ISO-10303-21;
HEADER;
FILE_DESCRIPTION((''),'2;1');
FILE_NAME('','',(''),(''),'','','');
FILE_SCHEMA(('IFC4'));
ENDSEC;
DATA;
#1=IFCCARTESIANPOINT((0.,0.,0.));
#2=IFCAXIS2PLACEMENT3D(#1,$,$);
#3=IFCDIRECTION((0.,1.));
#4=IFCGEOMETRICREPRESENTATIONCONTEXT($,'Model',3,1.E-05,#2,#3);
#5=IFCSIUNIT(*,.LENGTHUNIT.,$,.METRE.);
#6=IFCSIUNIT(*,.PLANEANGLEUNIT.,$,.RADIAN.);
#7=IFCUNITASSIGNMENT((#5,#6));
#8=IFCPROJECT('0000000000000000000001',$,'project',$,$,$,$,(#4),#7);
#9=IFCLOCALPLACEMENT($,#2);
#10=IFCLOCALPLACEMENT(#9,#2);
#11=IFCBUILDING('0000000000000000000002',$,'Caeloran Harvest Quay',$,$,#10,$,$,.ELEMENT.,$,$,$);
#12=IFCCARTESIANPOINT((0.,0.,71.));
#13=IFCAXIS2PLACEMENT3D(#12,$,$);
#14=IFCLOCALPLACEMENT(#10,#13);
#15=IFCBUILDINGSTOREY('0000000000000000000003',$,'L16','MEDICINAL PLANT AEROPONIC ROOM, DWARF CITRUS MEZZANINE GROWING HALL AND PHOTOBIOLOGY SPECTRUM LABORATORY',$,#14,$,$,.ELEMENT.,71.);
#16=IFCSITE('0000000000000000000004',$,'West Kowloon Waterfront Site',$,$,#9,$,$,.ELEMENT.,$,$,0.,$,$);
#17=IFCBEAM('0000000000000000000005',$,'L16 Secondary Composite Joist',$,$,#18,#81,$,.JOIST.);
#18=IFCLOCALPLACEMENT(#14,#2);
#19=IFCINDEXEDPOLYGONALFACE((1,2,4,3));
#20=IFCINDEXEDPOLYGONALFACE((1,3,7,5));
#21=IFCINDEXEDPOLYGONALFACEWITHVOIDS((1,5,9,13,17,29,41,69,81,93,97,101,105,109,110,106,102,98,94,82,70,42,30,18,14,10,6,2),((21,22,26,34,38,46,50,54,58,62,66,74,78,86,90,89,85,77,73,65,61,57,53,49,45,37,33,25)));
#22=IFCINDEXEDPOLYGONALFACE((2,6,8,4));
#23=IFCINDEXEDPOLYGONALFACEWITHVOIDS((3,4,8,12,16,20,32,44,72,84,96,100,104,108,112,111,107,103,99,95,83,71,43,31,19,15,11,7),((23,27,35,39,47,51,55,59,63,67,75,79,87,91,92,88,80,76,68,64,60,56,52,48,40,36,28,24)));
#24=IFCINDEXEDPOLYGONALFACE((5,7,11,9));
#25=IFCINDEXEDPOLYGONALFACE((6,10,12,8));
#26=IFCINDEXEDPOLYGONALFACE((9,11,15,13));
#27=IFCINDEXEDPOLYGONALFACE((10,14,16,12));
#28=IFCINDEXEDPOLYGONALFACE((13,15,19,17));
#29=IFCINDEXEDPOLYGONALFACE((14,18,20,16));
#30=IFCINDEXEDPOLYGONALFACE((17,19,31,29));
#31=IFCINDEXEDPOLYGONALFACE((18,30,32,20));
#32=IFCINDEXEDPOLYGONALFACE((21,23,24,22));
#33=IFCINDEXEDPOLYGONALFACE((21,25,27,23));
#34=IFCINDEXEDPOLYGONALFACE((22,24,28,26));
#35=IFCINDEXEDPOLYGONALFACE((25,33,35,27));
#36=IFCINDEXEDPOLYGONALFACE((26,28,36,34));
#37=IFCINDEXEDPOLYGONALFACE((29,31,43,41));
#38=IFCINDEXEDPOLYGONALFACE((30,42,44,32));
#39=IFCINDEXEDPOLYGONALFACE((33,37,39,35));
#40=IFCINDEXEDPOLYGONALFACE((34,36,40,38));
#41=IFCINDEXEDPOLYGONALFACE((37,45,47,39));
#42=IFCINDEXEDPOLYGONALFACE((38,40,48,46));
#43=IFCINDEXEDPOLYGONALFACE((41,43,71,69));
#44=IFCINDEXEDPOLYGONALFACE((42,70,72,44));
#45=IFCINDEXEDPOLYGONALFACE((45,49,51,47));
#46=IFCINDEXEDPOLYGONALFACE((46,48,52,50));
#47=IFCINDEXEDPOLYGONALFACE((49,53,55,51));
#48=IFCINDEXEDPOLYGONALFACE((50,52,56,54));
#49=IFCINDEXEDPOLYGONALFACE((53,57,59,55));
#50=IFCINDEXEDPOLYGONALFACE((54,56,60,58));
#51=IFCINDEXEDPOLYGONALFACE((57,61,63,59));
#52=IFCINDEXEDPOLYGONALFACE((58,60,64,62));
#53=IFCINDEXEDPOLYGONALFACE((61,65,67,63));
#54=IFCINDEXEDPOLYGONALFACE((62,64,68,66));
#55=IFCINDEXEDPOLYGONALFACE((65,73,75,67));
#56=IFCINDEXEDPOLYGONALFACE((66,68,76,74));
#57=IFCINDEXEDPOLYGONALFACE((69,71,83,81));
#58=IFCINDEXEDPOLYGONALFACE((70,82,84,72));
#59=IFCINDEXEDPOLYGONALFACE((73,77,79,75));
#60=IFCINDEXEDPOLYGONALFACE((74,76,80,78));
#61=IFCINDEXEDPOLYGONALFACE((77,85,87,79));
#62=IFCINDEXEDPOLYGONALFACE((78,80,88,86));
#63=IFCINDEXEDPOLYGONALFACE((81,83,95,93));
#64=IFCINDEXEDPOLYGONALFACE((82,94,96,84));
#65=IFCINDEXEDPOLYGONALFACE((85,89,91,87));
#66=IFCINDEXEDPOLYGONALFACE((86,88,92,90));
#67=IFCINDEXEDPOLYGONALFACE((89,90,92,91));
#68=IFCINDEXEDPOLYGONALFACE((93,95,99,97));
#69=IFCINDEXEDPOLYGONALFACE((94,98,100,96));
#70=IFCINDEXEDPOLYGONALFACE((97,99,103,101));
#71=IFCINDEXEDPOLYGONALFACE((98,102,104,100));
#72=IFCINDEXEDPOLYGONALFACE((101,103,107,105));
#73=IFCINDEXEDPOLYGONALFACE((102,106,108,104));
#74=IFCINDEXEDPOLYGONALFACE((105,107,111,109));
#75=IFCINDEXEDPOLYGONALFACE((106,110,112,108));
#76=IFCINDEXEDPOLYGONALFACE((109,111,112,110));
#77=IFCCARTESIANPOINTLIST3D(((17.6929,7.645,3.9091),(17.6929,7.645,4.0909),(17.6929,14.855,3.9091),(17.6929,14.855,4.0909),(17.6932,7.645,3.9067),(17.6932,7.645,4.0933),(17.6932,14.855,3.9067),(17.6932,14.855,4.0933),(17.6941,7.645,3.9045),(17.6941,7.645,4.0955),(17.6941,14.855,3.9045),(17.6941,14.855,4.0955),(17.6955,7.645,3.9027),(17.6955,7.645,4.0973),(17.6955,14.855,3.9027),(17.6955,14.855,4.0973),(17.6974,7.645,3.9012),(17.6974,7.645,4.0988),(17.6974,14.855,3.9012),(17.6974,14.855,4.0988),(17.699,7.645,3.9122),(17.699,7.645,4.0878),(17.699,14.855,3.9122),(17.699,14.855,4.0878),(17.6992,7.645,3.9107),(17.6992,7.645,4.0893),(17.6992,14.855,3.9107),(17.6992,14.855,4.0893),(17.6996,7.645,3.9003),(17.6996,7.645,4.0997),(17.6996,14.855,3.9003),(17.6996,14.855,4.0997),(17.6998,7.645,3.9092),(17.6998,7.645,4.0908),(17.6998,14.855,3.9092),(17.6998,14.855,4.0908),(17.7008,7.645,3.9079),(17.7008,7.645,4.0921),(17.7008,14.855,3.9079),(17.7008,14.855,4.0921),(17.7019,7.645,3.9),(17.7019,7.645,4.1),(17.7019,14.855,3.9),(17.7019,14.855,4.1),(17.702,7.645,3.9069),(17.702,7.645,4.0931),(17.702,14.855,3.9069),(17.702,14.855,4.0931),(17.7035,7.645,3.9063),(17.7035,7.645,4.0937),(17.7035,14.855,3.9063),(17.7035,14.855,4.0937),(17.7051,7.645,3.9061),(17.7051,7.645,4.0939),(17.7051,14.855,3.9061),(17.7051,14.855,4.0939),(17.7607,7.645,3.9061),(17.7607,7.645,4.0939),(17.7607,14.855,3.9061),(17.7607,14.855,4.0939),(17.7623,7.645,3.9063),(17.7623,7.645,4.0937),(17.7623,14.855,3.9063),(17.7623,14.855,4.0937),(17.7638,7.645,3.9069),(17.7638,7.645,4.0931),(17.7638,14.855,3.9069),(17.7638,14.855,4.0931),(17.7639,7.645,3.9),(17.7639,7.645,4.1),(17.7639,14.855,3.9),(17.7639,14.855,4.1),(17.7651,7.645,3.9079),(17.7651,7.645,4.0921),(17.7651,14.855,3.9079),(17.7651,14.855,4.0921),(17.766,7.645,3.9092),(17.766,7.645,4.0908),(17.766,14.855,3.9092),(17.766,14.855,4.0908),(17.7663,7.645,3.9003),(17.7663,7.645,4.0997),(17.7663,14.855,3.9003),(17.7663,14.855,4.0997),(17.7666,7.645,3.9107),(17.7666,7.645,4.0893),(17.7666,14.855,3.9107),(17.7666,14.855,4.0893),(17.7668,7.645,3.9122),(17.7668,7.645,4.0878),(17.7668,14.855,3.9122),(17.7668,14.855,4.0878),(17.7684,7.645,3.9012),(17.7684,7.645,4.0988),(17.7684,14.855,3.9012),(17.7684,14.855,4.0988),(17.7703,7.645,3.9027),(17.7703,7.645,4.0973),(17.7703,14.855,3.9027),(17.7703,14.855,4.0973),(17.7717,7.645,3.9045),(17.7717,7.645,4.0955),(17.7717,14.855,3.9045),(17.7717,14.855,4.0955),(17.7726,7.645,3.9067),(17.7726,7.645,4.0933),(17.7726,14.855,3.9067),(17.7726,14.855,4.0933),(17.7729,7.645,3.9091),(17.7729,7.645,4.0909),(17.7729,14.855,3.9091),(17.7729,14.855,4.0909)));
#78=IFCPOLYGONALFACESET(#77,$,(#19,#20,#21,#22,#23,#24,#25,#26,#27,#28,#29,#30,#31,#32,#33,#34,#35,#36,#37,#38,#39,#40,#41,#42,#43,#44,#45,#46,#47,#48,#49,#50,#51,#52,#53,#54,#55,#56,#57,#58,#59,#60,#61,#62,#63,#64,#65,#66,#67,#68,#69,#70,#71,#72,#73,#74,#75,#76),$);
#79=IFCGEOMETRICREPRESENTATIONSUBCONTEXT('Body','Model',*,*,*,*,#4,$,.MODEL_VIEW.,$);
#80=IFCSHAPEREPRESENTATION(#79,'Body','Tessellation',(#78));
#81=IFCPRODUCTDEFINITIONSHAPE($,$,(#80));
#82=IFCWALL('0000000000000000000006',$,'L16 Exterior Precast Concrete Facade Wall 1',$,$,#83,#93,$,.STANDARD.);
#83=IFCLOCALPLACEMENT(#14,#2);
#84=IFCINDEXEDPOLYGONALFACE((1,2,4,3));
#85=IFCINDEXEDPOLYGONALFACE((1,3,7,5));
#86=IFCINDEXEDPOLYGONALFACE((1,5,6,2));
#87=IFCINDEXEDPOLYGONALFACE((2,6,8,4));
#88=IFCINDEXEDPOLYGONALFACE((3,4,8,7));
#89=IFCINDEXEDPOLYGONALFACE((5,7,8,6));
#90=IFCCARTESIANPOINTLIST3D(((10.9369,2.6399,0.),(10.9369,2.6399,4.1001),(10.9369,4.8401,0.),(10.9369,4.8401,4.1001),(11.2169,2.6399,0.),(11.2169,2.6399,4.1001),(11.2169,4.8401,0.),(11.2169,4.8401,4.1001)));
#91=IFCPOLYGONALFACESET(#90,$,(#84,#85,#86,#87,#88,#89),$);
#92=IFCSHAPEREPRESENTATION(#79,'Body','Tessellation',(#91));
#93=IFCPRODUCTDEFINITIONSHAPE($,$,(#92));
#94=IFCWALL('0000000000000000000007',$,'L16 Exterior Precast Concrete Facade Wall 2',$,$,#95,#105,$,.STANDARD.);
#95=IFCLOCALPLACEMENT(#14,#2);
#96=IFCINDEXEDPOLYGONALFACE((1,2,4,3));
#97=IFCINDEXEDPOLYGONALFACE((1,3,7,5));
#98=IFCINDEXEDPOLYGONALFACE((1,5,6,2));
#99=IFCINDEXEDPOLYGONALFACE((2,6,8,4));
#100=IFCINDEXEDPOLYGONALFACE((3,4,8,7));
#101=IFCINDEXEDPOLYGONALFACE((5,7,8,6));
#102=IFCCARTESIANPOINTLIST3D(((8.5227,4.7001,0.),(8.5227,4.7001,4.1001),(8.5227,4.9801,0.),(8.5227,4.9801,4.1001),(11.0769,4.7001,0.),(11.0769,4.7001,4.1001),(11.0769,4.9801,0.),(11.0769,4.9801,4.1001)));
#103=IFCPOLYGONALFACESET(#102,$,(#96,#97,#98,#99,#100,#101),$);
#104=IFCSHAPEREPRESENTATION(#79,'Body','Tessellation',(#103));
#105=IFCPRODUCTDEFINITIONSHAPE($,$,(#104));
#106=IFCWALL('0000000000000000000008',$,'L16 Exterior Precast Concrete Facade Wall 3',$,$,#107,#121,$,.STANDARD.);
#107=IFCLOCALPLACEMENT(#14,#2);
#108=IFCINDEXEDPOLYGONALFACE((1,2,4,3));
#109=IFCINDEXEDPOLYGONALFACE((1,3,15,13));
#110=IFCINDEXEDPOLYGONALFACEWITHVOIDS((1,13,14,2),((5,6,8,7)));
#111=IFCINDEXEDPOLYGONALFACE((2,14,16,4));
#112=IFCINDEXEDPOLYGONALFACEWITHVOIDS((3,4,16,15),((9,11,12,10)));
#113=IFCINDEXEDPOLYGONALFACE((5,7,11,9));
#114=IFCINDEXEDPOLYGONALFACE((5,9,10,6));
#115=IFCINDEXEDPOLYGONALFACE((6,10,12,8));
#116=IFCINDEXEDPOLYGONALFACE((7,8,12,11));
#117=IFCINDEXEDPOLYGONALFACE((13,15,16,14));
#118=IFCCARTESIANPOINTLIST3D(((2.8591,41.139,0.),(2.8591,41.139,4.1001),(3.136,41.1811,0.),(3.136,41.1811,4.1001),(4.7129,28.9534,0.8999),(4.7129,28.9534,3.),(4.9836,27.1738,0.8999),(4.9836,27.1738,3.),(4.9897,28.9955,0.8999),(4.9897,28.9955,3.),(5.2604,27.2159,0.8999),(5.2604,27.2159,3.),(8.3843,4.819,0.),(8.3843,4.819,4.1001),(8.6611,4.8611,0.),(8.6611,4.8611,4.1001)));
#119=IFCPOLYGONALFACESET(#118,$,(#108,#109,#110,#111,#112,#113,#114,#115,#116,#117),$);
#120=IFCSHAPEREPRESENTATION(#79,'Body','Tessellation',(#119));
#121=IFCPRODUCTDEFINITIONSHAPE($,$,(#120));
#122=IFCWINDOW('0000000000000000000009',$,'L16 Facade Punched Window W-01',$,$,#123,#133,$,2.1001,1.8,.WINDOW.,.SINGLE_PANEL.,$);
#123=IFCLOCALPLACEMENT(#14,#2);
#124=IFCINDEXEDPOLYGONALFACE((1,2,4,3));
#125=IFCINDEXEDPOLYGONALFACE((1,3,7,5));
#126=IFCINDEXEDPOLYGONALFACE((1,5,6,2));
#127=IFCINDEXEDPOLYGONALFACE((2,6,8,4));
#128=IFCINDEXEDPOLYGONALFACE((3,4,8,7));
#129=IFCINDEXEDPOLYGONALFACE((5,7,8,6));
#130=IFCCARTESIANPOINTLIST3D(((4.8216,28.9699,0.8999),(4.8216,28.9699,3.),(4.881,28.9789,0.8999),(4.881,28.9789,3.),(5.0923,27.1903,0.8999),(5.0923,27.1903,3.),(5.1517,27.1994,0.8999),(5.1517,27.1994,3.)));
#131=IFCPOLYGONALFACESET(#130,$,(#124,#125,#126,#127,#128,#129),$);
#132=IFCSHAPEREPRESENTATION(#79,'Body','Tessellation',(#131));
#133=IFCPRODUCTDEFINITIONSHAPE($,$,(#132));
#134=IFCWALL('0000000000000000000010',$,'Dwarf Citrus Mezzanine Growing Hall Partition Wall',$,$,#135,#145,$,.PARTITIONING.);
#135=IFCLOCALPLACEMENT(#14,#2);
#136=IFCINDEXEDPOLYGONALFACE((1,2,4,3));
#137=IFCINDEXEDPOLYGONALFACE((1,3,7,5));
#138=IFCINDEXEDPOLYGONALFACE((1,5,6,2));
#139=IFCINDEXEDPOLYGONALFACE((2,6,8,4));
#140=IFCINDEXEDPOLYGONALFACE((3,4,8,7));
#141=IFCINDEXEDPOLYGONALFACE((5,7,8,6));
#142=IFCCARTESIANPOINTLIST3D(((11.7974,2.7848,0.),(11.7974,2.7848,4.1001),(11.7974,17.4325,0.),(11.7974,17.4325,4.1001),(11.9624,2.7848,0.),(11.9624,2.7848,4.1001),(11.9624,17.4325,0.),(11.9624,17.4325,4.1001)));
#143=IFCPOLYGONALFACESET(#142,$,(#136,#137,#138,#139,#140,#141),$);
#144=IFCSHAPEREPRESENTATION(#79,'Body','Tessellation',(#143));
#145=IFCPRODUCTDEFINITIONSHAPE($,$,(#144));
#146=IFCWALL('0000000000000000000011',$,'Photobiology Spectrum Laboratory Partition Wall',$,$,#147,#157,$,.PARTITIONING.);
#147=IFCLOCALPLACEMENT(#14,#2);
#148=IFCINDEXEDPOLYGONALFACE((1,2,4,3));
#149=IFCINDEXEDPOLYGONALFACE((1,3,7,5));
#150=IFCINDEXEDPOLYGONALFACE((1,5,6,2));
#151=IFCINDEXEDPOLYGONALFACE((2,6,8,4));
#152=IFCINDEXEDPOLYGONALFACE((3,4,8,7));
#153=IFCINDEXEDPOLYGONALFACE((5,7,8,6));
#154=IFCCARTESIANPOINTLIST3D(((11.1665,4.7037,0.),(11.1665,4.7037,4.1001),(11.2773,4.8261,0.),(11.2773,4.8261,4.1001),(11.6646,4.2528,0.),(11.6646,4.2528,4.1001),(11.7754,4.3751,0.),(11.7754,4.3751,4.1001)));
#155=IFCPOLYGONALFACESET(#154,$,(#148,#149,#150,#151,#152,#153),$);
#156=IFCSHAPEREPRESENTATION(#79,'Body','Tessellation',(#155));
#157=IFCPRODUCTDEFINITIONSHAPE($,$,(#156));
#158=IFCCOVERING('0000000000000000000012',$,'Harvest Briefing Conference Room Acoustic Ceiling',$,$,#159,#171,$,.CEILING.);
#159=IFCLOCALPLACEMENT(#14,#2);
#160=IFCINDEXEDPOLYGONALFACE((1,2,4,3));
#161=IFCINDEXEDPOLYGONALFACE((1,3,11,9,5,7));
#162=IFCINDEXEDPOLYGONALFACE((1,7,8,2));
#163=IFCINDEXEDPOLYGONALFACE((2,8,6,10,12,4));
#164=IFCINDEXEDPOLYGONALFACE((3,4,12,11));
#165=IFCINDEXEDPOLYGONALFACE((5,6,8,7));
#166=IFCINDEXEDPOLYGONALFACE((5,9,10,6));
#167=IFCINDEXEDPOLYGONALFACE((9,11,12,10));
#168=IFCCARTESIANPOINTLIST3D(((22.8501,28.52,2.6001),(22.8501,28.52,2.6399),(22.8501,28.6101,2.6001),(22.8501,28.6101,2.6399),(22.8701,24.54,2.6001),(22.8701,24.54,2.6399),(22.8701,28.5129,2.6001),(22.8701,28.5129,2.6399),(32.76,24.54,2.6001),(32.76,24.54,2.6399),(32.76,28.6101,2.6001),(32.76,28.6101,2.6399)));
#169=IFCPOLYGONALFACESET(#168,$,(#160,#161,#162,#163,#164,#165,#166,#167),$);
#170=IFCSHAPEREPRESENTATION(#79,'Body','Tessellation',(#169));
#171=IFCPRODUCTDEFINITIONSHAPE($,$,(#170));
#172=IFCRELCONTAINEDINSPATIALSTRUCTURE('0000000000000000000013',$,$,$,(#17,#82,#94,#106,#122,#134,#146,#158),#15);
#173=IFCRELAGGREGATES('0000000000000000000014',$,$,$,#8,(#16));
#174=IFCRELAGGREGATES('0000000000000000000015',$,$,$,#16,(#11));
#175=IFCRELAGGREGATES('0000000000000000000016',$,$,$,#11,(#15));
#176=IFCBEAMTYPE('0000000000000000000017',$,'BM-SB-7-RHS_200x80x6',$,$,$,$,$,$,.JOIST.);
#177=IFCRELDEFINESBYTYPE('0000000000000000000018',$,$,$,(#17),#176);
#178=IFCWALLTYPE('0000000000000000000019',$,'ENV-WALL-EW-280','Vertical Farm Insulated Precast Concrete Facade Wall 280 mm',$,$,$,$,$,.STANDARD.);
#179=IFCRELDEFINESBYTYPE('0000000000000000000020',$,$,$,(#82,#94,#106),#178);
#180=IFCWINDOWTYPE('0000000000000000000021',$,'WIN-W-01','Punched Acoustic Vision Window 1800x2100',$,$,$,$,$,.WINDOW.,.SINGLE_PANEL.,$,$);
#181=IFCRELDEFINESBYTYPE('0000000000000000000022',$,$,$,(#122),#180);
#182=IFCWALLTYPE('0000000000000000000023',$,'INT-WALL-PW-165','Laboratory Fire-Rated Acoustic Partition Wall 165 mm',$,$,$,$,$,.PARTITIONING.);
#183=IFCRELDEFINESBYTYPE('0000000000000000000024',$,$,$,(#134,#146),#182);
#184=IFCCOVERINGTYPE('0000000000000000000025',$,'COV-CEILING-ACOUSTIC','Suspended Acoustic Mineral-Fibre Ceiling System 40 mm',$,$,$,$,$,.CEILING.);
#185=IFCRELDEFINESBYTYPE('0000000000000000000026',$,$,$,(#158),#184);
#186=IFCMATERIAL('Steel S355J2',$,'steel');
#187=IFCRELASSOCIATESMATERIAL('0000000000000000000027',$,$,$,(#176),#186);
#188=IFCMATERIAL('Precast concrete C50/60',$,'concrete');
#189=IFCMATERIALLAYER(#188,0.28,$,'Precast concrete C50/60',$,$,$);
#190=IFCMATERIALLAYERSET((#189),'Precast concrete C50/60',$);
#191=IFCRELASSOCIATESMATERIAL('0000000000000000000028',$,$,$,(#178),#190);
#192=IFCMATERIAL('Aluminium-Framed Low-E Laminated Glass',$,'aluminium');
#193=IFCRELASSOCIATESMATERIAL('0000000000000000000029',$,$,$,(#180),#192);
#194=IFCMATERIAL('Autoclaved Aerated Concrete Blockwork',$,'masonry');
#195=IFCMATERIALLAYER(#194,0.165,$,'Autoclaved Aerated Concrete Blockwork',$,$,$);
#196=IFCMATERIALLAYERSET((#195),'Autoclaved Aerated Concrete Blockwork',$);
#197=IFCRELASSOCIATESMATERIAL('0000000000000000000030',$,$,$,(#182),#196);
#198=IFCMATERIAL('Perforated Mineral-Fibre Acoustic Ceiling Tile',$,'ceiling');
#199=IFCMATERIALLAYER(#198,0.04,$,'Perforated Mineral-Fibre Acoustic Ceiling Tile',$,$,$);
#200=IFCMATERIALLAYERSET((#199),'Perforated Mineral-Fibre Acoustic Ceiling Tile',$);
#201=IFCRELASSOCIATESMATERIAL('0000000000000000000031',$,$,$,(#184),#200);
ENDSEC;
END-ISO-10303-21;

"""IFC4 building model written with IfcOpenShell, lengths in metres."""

from ifc_helpers import new_model, si_unit, direction, frame, frame_2d, origin, origin_2d, place, context, subcontext, project, spatial, polyline, rectangle, hollow_rectangle, outline, extrude, material, layer, layer_set, material_profile, profile_set, type_object, element, fill, save


model = new_model("IFC4")

# Units and contexts
model_context = context("Model", 3, precision=1e-05, world=origin(), true_north=direction((0.0, 1.0)))
body_context = subcontext(model_context, "Body", "Model", "MODEL_VIEW")
ifc_project = project(units=[si_unit("LENGTHUNIT", "METRE"), si_unit("PLANEANGLEUNIT", "RADIAN")], contexts=[model_context])

# Site, building, storey
site_placement = place(None, origin())
site = spatial("IfcSite", under=ifc_project, at=site_placement, Name="West Kowloon Waterfront Site", CompositionType="ELEMENT", RefElevation=0.0)
building_placement = place(site_placement, origin())
building = spatial("IfcBuilding", under=site, at=building_placement, Name="Caeloran Harvest Quay", CompositionType="ELEMENT")
storey_placement = place(building_placement, frame((0.0, 0.0, 71.0)))
storey = spatial("IfcBuildingStorey", under=building, at=storey_placement, Name="L16", Description="MEDICINAL PLANT AEROPONIC ROOM, DWARF CITRUS MEZZANINE GROWING HALL AND PHOTOBIOLOGY SPECTRUM LABORATORY", CompositionType="ELEMENT", Elevation=71.0)

# Beam
ifc_material_1 = material(Name="Steel S355J2", Category="steel")
ifc_material_profile_1 = material_profile(ifc_material_1, hollow_rectangle(XDim=0.0801, YDim=0.2, WallThickness=0.0061, InnerFilletRadius=0.0061, OuterFilletRadius=0.009, at=origin_2d()), Name="RHS 200x80x6")
ifc_profile_set_1 = profile_set([ifc_material_profile_1], Name="Steel S355J2")
beam_type_1 = type_object("IfcBeamType", Name="BM-SB-7-RHS_200x80x6", PredefinedType="JOIST", material=ifc_profile_set_1)
beam_1_placement = place(storey_placement, frame((17.7329, 7.645, 4.0), z_axis=(0.0, 1.0, 0.0), x_axis=(-1.0, 0.0, 0.0)))
element("IfcBeam", 1, at=beam_1_placement, inside=storey, type_object=beam_type_1, Name="L16 Secondary Composite Joist", PredefinedType="JOIST", context=body_context, shape_type="SweptSolid", body=[
    extrude(hollow_rectangle(XDim=0.0801, YDim=0.2, WallThickness=0.0061, InnerFilletRadius=0.0061, OuterFilletRadius=0.009, at=origin_2d()), origin(), (0.0, 0.0, 1.0), 7.21),
])

# Walls
ifc_material_2 = material(Name="Precast concrete C50/60", Category="concrete")
ifc_layer_1 = layer(ifc_material_2, 0.28, Name="Precast concrete C50/60")
ifc_layer_set_1 = layer_set([ifc_layer_1], Name="Precast concrete C50/60")
wall_type_1 = type_object("IfcWallType", Name="ENV-WALL-EW-280", Description="Vertical Farm Insulated Precast Concrete Facade Wall 280 mm", PredefinedType="STANDARD", material=ifc_layer_set_1)
wall_1_placement = place(storey_placement, frame((11.0769, 2.6399, 0.0), z_axis=(0.0, 0.0, 1.0), x_axis=(0.0, 1.0, 0.0)))
element("IfcWall", 2, at=wall_1_placement, inside=storey, type_object=wall_type_1, Name="L16 Exterior Precast Concrete Facade Wall 1", PredefinedType="STANDARD", context=body_context, shape_type="SweptSolid", body=[
    extrude(rectangle(XDim=2.2002, YDim=0.28, at=frame_2d((1.1001, 0.0))), origin(), (0.0, 0.0, 1.0), 4.1001),
])
wall_2_placement = place(storey_placement, frame((11.0769, 4.8401, 0.0), z_axis=(0.0, 0.0, 1.0), x_axis=(-1.0, 0.0, 0.0)))
element("IfcWall", 3, at=wall_2_placement, inside=storey, type_object=wall_type_1, Name="L16 Exterior Precast Concrete Facade Wall 2", PredefinedType="STANDARD", context=body_context, shape_type="SweptSolid", body=[
    extrude(rectangle(XDim=2.5542, YDim=0.28, at=frame_2d((1.2771, 0.0))), origin(), (0.0, 0.0, 1.0), 4.1001),
])

# Wall, opening, window
wall_3_placement = place(storey_placement, frame((8.5227, 4.8401, 0.0), z_axis=(0.0, 0.0, 1.0), x_axis=(-0.150395, 0.988626, 0.0)))
wall_3 = element("IfcWall", 4, at=wall_3_placement, inside=storey, type_object=wall_type_1, Name="L16 Exterior Precast Concrete Facade Wall 3", PredefinedType="STANDARD", context=body_context, shape_type="SweptSolid", body=[
    extrude(rectangle(XDim=36.7378, YDim=0.28, at=frame_2d((18.3689, 0.0))), origin(), (0.0, 0.0, 1.0), 4.1001),
])
opening_placement = place(wall_3_placement, frame((22.6121, 0.0, 0.8999)))
opening = element("IfcOpeningElement", 5, at=opening_placement, cuts=wall_3, PredefinedType="OPENING", context=body_context, shape_type="SweptSolid", body=[
    extrude(rectangle(XDim=1.8, YDim=2.1001, at=frame_2d((0.8999, 1.05))), frame((0.0, 0.1499, 0.0), z_axis=(0.0, -1.0, 0.0), x_axis=(1.0, 0.0, 0.0)), (0.0, 0.0, 1.0), 0.3),
])
ifc_material_3 = material(Name="Aluminium-Framed Low-E Laminated Glass", Category="aluminium")
window_type = type_object("IfcWindowType", Name="WIN-W-01", Description="Punched Acoustic Vision Window 1800x2100", PartitioningType="SINGLE_PANEL", PredefinedType="WINDOW", material=ifc_material_3)
window_placement = place(opening_placement, origin())
window = element("IfcWindow", 6, at=window_placement, inside=storey, type_object=window_type, Name="L16 Facade Punched Window W-01", OverallHeight=2.1001, OverallWidth=1.8, PartitioningType="SINGLE_PANEL", PredefinedType="WINDOW", context=body_context, shape_type="SweptSolid", body=[
    extrude(rectangle(XDim=1.8, YDim=2.1001, at=frame_2d((0.8999, 1.05))), frame((0.0, 0.03, 0.0), z_axis=(0.0, -1.0, 0.0), x_axis=(1.0, 0.0, 0.0)), (0.0, 0.0, 1.0), 0.0601),
])
fill(opening, window)

# Walls
ifc_material_4 = material(Name="Autoclaved Aerated Concrete Blockwork", Category="masonry")
ifc_layer_2 = layer(ifc_material_4, 0.165, Name="Autoclaved Aerated Concrete Blockwork")
ifc_layer_set_2 = layer_set([ifc_layer_2], Name="Autoclaved Aerated Concrete Blockwork")
wall_type_2 = type_object("IfcWallType", Name="INT-WALL-PW-165", Description="Laboratory Fire-Rated Acoustic Partition Wall 165 mm", PredefinedType="PARTITIONING", material=ifc_layer_set_2)
wall_4_placement = place(storey_placement, frame((11.8799, 2.7849, 0.0), z_axis=(0.0, 0.0, 1.0), x_axis=(0.0, 1.0, 0.0)))
element("IfcWall", 7, at=wall_4_placement, inside=storey, type_object=wall_type_2, Name="Dwarf Citrus Mezzanine Growing Hall Partition Wall", PredefinedType="PARTITIONING", context=body_context, shape_type="SweptSolid", body=[
    extrude(rectangle(XDim=14.6477, YDim=0.165, at=frame_2d((7.3237, 0.0))), origin(), (0.0, 0.0, 1.0), 4.1001),
])
wall_5_placement = place(storey_placement, frame((11.72, 4.314, 0.0), z_axis=(0.0, 0.0, 1.0), x_axis=(-0.741303, 0.67117, 0.0)))
element("IfcWall", 8, at=wall_5_placement, inside=storey, type_object=wall_type_2, Name="Photobiology Spectrum Laboratory Partition Wall", PredefinedType="PARTITIONING", context=body_context, shape_type="SweptSolid", body=[
    extrude(rectangle(XDim=0.6719, YDim=0.165, at=frame_2d((0.3359, 0.0))), origin(), (0.0, 0.0, 1.0), 4.1001),
])

# Covering
ifc_material_5 = material(Name="Perforated Mineral-Fibre Acoustic Ceiling Tile", Category="ceiling")
ifc_layer_3 = layer(ifc_material_5, 0.04, Name="Perforated Mineral-Fibre Acoustic Ceiling Tile")
ifc_layer_set_3 = layer_set([ifc_layer_3], Name="Perforated Mineral-Fibre Acoustic Ceiling Tile")
covering_type_1 = type_object("IfcCoveringType", Name="COV-CEILING-ACOUSTIC", Description="Suspended Acoustic Mineral-Fibre Ceiling System 40 mm", PredefinedType="CEILING", material=ifc_layer_set_3)
covering_1_placement = place(storey_placement, frame((0.0, 0.0, 2.6001)))
element("IfcCovering", 9, at=covering_1_placement, inside=storey, type_object=covering_type_1, Name="Harvest Briefing Conference Room Acoustic Ceiling", PredefinedType="CEILING", context=body_context, shape_type="SweptSolid", body=[
    extrude(outline(polyline([(22.8701, 28.5129), (22.8501, 28.52), (22.8501, 28.6101), (32.76, 28.6101), (32.76, 24.54), (22.8701, 24.54), (22.8701, 28.5129)])), origin(), (0.0, 0.0, 1.0), 0.0398),
])

save(model, "model.ifc")
